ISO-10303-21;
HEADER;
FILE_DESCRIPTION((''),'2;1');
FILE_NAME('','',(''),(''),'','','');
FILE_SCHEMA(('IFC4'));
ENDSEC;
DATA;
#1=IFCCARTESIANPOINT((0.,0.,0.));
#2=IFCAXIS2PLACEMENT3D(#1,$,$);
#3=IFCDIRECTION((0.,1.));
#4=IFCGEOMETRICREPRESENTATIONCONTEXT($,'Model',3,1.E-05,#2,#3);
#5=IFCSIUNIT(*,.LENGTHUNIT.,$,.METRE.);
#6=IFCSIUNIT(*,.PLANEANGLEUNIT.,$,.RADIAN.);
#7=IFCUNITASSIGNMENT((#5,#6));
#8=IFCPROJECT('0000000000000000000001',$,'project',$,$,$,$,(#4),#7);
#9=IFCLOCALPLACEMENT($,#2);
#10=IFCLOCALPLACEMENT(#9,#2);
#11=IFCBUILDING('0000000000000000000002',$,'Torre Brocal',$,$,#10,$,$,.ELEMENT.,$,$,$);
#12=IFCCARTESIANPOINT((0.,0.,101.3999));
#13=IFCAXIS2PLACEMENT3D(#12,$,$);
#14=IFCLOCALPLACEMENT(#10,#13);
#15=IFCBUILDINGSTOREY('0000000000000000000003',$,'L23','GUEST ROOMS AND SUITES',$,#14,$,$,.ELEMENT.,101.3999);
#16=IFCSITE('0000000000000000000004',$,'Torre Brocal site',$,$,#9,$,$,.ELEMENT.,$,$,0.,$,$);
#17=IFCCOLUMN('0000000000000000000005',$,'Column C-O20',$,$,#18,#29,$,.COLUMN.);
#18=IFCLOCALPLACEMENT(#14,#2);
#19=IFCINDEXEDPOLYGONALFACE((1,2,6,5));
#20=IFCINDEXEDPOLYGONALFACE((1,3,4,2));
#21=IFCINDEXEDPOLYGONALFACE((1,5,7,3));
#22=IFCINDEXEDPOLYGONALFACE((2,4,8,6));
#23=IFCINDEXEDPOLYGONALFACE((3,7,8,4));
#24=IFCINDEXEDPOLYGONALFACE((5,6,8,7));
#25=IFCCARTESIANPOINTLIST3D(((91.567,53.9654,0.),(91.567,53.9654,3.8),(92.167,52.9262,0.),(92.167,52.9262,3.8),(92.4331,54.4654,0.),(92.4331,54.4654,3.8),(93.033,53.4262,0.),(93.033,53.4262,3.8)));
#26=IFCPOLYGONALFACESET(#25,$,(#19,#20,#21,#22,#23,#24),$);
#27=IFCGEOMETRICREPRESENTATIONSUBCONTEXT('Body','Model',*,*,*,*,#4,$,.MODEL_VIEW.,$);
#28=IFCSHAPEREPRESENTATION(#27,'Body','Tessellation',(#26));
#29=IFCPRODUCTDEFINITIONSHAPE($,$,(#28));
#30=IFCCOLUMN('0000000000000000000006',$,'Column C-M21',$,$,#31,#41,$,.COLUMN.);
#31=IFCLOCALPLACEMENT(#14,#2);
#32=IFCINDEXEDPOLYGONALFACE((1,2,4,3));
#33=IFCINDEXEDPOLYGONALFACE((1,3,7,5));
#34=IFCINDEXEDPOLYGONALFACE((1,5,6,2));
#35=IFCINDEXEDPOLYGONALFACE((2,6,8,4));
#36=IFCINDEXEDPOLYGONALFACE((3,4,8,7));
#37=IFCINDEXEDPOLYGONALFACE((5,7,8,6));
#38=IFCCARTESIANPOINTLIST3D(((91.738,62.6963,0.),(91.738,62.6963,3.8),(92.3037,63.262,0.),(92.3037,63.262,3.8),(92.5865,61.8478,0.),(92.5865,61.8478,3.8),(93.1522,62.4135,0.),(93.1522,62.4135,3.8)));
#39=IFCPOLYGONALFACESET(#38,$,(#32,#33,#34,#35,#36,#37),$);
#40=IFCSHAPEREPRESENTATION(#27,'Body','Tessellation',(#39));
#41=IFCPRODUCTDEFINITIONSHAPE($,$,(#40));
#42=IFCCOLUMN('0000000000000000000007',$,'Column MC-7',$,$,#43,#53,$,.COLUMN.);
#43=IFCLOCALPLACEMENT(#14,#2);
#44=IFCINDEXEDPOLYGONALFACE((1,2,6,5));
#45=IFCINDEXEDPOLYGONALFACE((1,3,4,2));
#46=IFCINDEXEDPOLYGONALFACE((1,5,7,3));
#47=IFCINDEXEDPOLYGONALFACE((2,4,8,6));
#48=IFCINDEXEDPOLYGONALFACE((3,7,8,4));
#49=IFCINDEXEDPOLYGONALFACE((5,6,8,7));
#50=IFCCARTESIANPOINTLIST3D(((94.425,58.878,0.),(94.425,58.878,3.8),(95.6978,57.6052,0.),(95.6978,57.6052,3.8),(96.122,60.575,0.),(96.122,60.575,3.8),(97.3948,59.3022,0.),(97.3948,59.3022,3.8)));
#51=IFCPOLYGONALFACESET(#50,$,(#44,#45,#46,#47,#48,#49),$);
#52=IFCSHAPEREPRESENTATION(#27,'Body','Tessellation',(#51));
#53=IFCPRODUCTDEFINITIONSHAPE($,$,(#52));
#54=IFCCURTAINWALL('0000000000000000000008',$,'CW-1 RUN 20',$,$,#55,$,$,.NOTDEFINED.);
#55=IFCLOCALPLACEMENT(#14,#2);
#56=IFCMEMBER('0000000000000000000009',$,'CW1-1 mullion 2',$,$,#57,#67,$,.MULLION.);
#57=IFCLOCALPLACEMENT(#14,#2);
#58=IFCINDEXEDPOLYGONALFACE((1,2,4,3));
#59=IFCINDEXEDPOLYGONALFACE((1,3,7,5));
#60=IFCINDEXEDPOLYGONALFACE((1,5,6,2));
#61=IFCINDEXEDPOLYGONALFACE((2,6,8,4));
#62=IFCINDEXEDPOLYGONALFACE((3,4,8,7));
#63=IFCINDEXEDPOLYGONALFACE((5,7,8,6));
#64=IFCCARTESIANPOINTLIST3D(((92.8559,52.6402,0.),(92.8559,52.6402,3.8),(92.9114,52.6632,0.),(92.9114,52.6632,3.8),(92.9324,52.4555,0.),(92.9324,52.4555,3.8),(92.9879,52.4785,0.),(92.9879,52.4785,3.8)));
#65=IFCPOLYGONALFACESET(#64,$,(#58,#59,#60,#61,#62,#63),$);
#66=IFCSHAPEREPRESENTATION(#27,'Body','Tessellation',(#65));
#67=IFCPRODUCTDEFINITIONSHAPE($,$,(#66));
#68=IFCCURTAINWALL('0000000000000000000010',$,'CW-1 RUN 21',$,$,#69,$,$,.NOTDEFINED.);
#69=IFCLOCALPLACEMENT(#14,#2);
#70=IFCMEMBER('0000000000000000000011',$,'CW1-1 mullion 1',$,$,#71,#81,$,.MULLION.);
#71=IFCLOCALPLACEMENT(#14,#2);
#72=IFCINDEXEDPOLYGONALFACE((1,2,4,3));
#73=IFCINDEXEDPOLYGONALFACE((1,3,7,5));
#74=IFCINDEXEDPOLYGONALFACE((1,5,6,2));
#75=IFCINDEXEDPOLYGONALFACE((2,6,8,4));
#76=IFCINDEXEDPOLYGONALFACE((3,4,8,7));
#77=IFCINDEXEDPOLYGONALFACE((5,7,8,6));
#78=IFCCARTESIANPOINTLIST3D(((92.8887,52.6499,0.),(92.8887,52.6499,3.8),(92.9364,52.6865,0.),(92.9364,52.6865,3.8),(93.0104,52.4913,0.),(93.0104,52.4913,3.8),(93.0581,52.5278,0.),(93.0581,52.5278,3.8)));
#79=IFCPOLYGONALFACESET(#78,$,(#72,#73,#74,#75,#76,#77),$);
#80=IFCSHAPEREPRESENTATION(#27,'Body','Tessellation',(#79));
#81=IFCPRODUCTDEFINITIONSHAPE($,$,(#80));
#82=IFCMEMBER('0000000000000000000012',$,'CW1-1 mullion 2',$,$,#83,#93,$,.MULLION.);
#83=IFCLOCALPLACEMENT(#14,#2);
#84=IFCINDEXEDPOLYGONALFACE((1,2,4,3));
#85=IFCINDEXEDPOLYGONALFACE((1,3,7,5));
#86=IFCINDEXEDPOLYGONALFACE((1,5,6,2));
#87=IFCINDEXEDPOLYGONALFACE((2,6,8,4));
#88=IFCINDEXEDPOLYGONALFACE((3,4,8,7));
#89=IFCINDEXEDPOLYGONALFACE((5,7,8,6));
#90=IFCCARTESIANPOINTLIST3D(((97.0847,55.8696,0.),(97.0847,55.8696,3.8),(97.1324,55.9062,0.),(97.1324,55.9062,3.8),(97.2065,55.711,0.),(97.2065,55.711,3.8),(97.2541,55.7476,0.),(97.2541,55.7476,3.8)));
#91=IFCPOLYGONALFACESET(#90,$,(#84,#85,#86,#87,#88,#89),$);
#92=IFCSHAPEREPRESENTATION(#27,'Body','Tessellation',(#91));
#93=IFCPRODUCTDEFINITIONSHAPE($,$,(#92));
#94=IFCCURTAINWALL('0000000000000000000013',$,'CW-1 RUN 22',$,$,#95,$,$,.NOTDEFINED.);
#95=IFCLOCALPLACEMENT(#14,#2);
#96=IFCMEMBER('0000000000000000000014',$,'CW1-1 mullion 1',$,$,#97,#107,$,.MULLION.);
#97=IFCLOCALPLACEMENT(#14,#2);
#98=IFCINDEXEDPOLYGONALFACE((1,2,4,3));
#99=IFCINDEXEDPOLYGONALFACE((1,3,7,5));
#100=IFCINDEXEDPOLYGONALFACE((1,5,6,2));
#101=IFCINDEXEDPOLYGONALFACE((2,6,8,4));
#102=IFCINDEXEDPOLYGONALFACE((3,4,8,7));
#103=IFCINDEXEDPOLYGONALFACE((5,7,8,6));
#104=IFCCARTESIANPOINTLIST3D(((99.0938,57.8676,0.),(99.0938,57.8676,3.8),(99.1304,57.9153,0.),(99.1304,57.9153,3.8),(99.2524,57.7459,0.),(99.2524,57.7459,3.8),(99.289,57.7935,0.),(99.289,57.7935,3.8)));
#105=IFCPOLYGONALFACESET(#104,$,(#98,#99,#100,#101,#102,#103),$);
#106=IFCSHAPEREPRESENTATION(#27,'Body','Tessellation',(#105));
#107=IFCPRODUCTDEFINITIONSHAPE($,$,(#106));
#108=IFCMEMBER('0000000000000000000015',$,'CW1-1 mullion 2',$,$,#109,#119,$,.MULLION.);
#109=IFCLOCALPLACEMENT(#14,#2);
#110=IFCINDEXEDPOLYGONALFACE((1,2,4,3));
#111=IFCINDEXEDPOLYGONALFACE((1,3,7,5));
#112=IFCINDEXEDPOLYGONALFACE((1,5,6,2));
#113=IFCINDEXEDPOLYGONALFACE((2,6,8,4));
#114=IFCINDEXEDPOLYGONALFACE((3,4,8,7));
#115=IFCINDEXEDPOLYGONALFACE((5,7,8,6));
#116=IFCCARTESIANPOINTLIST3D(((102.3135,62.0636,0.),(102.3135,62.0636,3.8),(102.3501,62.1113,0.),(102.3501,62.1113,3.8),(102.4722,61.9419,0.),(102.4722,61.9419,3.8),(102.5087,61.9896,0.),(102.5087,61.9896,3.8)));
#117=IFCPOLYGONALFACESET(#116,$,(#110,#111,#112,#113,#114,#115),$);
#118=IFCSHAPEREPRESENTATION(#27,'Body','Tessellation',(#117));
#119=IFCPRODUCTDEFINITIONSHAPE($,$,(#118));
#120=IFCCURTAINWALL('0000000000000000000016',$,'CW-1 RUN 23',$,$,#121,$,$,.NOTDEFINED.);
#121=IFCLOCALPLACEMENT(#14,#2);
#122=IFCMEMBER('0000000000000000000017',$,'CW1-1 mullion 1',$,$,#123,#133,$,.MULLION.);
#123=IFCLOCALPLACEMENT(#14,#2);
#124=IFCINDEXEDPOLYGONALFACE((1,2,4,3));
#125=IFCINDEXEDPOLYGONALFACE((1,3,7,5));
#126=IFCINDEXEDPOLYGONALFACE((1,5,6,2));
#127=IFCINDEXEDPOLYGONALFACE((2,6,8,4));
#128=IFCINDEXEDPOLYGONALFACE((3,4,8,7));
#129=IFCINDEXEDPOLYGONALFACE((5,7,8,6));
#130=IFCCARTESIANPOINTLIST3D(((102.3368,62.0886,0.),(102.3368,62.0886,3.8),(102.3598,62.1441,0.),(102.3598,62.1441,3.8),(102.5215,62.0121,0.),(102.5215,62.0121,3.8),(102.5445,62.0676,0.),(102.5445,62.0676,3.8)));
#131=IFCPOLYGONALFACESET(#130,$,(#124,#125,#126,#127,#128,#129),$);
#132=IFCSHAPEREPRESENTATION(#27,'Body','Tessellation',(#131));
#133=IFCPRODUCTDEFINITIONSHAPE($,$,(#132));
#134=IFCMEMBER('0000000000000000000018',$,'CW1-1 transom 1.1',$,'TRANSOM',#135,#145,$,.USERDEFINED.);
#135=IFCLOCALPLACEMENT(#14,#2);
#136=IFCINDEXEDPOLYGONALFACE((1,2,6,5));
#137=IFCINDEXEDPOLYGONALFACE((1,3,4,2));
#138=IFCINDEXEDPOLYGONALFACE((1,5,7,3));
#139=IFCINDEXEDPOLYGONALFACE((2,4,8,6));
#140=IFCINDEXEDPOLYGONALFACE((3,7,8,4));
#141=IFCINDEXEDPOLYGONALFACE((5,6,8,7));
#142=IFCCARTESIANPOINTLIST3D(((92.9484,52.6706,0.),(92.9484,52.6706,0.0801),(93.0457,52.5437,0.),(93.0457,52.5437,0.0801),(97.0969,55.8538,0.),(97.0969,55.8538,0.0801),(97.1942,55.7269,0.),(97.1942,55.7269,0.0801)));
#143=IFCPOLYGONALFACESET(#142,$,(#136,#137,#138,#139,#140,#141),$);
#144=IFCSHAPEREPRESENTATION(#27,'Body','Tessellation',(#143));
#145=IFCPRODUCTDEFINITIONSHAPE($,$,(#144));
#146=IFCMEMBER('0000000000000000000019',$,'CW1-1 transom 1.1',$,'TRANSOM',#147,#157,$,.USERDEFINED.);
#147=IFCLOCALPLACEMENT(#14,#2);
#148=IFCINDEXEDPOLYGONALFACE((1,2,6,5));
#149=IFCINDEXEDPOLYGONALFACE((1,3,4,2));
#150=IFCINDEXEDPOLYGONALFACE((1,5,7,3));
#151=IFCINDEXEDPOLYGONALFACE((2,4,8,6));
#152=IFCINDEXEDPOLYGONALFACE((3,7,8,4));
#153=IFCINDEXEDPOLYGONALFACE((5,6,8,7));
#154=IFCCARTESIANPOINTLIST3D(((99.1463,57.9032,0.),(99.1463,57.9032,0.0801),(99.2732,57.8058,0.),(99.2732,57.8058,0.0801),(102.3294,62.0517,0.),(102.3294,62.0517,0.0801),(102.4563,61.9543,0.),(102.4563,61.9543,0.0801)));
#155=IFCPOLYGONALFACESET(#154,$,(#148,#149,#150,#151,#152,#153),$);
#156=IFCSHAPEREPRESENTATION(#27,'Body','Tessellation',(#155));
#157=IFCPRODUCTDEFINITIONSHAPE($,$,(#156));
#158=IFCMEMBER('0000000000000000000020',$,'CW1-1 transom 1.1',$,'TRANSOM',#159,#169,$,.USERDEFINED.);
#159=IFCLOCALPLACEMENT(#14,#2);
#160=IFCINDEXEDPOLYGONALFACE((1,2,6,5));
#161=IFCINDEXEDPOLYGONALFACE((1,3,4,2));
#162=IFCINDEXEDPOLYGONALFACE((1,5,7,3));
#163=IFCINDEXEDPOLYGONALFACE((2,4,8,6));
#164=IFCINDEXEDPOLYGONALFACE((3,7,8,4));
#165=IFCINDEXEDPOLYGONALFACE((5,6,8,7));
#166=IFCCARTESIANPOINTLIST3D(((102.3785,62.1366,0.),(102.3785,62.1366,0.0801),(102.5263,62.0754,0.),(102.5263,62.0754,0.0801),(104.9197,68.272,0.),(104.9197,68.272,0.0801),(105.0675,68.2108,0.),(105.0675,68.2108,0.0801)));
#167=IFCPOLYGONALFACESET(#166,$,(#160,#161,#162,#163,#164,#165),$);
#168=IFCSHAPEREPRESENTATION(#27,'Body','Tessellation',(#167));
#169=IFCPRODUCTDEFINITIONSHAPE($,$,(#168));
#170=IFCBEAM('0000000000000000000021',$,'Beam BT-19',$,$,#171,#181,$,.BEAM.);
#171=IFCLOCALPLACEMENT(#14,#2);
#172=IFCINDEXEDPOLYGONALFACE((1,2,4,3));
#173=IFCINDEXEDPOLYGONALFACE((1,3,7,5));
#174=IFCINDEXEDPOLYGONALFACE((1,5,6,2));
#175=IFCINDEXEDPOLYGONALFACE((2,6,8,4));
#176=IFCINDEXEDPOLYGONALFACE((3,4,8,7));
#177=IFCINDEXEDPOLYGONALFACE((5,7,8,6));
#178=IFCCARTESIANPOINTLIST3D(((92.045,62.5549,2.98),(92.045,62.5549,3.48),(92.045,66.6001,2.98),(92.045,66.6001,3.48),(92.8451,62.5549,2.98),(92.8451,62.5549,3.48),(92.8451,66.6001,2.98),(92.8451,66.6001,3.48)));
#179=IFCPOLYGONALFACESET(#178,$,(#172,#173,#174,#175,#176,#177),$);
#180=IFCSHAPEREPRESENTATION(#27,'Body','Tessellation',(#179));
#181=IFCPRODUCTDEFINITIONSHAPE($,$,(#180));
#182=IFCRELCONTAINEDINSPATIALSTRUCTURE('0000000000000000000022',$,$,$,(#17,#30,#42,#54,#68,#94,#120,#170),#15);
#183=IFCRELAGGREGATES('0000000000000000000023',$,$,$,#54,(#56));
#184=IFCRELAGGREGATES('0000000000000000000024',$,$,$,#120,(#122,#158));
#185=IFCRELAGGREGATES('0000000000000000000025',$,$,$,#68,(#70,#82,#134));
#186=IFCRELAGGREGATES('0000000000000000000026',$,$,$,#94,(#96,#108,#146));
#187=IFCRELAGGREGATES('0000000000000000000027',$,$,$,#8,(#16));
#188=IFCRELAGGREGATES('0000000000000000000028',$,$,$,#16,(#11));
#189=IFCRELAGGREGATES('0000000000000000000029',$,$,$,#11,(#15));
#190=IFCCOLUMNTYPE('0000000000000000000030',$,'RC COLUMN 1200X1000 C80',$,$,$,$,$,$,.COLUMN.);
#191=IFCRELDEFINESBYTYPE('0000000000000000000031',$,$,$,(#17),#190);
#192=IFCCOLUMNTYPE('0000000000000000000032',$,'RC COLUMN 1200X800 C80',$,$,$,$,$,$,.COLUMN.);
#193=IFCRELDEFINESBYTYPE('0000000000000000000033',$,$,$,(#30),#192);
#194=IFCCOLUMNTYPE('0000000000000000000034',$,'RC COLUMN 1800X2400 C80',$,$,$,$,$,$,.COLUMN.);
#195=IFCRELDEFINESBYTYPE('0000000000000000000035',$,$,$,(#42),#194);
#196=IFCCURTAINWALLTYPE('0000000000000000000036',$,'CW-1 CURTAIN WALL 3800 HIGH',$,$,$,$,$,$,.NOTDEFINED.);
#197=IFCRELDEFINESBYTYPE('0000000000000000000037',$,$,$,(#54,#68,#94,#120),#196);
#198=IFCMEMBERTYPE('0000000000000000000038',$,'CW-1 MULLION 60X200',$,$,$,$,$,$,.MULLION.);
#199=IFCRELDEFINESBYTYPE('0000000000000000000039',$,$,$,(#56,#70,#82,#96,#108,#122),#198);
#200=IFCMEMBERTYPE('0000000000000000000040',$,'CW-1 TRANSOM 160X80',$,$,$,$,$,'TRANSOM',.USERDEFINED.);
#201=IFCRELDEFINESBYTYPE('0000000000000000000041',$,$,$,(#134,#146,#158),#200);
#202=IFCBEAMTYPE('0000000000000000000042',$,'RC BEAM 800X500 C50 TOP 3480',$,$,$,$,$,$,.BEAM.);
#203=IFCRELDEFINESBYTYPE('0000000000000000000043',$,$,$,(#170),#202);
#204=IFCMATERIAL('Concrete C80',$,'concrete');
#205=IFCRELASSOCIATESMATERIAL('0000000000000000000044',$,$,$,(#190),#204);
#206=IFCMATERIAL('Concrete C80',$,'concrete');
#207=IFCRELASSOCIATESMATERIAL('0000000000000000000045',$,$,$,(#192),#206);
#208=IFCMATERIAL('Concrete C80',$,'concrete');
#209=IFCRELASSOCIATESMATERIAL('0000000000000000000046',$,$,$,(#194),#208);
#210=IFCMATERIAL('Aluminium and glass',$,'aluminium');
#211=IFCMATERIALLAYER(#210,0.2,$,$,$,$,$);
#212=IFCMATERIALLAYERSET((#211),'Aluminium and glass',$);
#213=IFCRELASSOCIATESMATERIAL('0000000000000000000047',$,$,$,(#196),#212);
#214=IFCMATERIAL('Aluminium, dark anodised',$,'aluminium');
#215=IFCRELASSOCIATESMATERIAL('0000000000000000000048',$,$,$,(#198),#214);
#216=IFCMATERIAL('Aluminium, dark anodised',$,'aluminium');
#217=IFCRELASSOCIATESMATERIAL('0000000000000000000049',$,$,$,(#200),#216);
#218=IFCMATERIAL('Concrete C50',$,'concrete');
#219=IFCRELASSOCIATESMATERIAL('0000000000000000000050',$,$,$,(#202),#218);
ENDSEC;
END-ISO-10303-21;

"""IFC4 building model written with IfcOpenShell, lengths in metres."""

from ifc_helpers import new_model, si_unit, direction, frame, origin, origin_2d, place, context, subcontext, project, spatial, rectangle, extrude, material, layer, layer_set, material_profile, profile_set, type_object, element, aggregate, save


model = new_model("IFC4")

# Units and contexts
model_context = context("Model", 3, precision=1e-05, world=origin(), true_north=direction((0.0, 1.0)))
body_context = subcontext(model_context, "Body", "Model", "MODEL_VIEW")
ifc_project = project(units=[si_unit("LENGTHUNIT", "METRE"), si_unit("PLANEANGLEUNIT", "RADIAN")], contexts=[model_context])

# Site, building, storey
site_placement = place(None, origin())
site = spatial("IfcSite", under=ifc_project, at=site_placement, Name="Torre Brocal site", CompositionType="ELEMENT", RefElevation=0.0)
building_placement = place(site_placement, origin())
building = spatial("IfcBuilding", under=site, at=building_placement, Name="Torre Brocal", CompositionType="ELEMENT")
storey_placement = place(building_placement, frame((0.0, 0.0, 101.3999)))
storey = spatial("IfcBuildingStorey", under=building, at=storey_placement, Name="L23", Description="GUEST ROOMS AND SUITES", CompositionType="ELEMENT", Elevation=101.3999)

# Columns
ifc_material_1 = material(Name="Concrete C80", Category="concrete")
ifc_material_profile_1 = material_profile(ifc_material_1, rectangle(XDim=1.2, YDim=1.0, at=origin_2d()), Name="RC 1200X1000")
ifc_profile_set_1 = profile_set([ifc_material_profile_1], Name="Concrete C80")
column_type_1 = type_object("IfcColumnType", Name="RC COLUMN 1200X1000 C80", PredefinedType="COLUMN", material=ifc_profile_set_1)
column_1_placement = place(storey_placement, frame((92.3, 53.6958, 0.0), z_axis=(0.0, 0.0, 1.0), x_axis=(0.5, -0.866025, 0.0)))
element("IfcColumn", 1, at=column_1_placement, inside=storey, type_object=column_type_1, Name="Column C-O20", PredefinedType="COLUMN", context=body_context, shape_type="SweptSolid", body=[
    extrude(rectangle(XDim=1.2, YDim=1.0, at=origin_2d()), origin(), (0.0, 0.0, 1.0), 3.8),
])
ifc_material_2 = material(Name="Concrete C80", Category="concrete")
ifc_material_profile_2 = material_profile(ifc_material_2, rectangle(XDim=1.2, YDim=0.8, at=origin_2d()), Name="RC 1200X800")
ifc_profile_set_2 = profile_set([ifc_material_profile_2], Name="Concrete C80")
column_type_2 = type_object("IfcColumnType", Name="RC COLUMN 1200X800 C80", PredefinedType="COLUMN", material=ifc_profile_set_2)
column_2_placement = place(storey_placement, frame((92.4451, 62.5549, 0.0), z_axis=(0.0, 0.0, 1.0), x_axis=(0.707107, -0.707107, 0.0)))
element("IfcColumn", 2, at=column_2_placement, inside=storey, type_object=column_type_2, Name="Column C-M21", PredefinedType="COLUMN", context=body_context, shape_type="SweptSolid", body=[
    extrude(rectangle(XDim=1.2, YDim=0.8, at=origin_2d()), origin(), (0.0, 0.0, 1.0), 3.8),
])
ifc_material_3 = material(Name="Concrete C80", Category="concrete")
ifc_material_profile_3 = material_profile(ifc_material_3, rectangle(XDim=1.8, YDim=2.3999, at=origin_2d()), Name="RC 1800X2400")
ifc_profile_set_3 = profile_set([ifc_material_profile_3], Name="Concrete C80")
column_type_3 = type_object("IfcColumnType", Name="RC COLUMN 1800X2400 C80", PredefinedType="COLUMN", material=ifc_profile_set_3)
column_3_placement = place(storey_placement, frame((95.9099, 59.0901, 0.0), z_axis=(0.0, 0.0, 1.0), x_axis=(0.707107, -0.707107, 0.0)))
element("IfcColumn", 3, at=column_3_placement, inside=storey, type_object=column_type_3, Name="Column MC-7", PredefinedType="COLUMN", context=body_context, shape_type="SweptSolid", body=[
    extrude(rectangle(XDim=1.8, YDim=2.3999, at=origin_2d()), origin(), (0.0, 0.0, 1.0), 3.8),
])

# Curtain wall, member
ifc_material_4 = material(Name="Aluminium and glass", Category="aluminium")
ifc_layer_1 = layer(ifc_material_4, 0.2)
ifc_layer_set_1 = layer_set([ifc_layer_1], Name="Aluminium and glass")
curtain_wall_type = type_object("IfcCurtainWallType", Name="CW-1 CURTAIN WALL 3800 HIGH", PredefinedType="NOTDEFINED", material=ifc_layer_set_1)
curtain_wall_1_placement = place(storey_placement, origin())
curtain_wall_1 = element("IfcCurtainWall", 4, at=curtain_wall_1_placement, inside=storey, type_object=curtain_wall_type, Name="CW-1 RUN 20", PredefinedType="NOTDEFINED")
ifc_material_5 = material(Name="Aluminium, dark anodised", Category="aluminium")
ifc_material_profile_4 = material_profile(ifc_material_5, rectangle(XDim=0.2, YDim=0.0601, at=origin_2d()), Name="CW-1 MULLION 60X200")
ifc_profile_set_4 = profile_set([ifc_material_profile_4], Name="Aluminium, dark anodised")
member_type_1 = type_object("IfcMemberType", Name="CW-1 MULLION 60X200", PredefinedType="MULLION", material=ifc_profile_set_4)
member_1_placement = place(storey_placement, frame((92.9219, 52.5593, 0.0), z_axis=(0.0, 0.0, 1.0), x_axis=(-0.382683, 0.92388, 0.0)))
member_1 = element("IfcMember", 5, at=member_1_placement, type_object=member_type_1, Name="CW1-1 mullion 2", PredefinedType="MULLION", context=body_context, shape_type="SweptSolid", body=[
    extrude(rectangle(XDim=0.2, YDim=0.0601, at=origin_2d()), origin(), (0.0, 0.0, 1.0), 3.8),
])
aggregate(curtain_wall_1, [member_1])

# Curtain walls, members
curtain_wall_2_placement = place(storey_placement, origin())
curtain_wall_2 = element("IfcCurtainWall", 6, at=curtain_wall_2_placement, inside=storey, type_object=curtain_wall_type, Name="CW-1 RUN 21", PredefinedType="NOTDEFINED")
member_2_placement = place(storey_placement, frame((92.9734, 52.5889, 0.0), z_axis=(0.0, 0.0, 1.0), x_axis=(-0.608761, 0.793353, 0.0)))
member_2 = element("IfcMember", 7, at=member_2_placement, type_object=member_type_1, Name="CW1-1 mullion 1", PredefinedType="MULLION", context=body_context, shape_type="SweptSolid", body=[
    extrude(rectangle(XDim=0.2, YDim=0.0601, at=origin_2d()), origin(), (0.0, 0.0, 1.0), 3.8),
])
member_3_placement = place(storey_placement, frame((97.1694, 55.8086, 0.0), z_axis=(0.0, 0.0, 1.0), x_axis=(-0.608761, 0.793353, 0.0)))
member_3 = element("IfcMember", 8, at=member_3_placement, type_object=member_type_1, Name="CW1-1 mullion 2", PredefinedType="MULLION", context=body_context, shape_type="SweptSolid", body=[
    extrude(rectangle(XDim=0.2, YDim=0.0601, at=origin_2d()), origin(), (0.0, 0.0, 1.0), 3.8),
])
curtain_wall_3_placement = place(storey_placement, origin())
curtain_wall_3 = element("IfcCurtainWall", 9, at=curtain_wall_3_placement, inside=storey, type_object=curtain_wall_type, Name="CW-1 RUN 22", PredefinedType="NOTDEFINED")
member_4_placement = place(storey_placement, frame((99.1914, 57.8306, 0.0), z_axis=(0.0, 0.0, 1.0), x_axis=(-0.793353, 0.608761, 0.0)))
member_4 = element("IfcMember", 10, at=member_4_placement, type_object=member_type_1, Name="CW1-1 mullion 1", PredefinedType="MULLION", context=body_context, shape_type="SweptSolid", body=[
    extrude(rectangle(XDim=0.2, YDim=0.0601, at=origin_2d()), origin(), (0.0, 0.0, 1.0), 3.8),
])
member_5_placement = place(storey_placement, frame((102.4111, 62.0266, 0.0), z_axis=(0.0, 0.0, 1.0), x_axis=(-0.793353, 0.608761, 0.0)))
member_5 = element("IfcMember", 11, at=member_5_placement, type_object=member_type_1, Name="CW1-1 mullion 2", PredefinedType="MULLION", context=body_context, shape_type="SweptSolid", body=[
    extrude(rectangle(XDim=0.2, YDim=0.0601, at=origin_2d()), origin(), (0.0, 0.0, 1.0), 3.8),
])

# Curtain wall, member
curtain_wall_4_placement = place(storey_placement, origin())
curtain_wall_4 = element("IfcCurtainWall", 12, at=curtain_wall_4_placement, inside=storey, type_object=curtain_wall_type, Name="CW-1 RUN 23", PredefinedType="NOTDEFINED")
member_6_placement = place(storey_placement, frame((102.4407, 62.0781, 0.0), z_axis=(0.0, 0.0, 1.0), x_axis=(-0.92388, 0.382683, 0.0)))
member_6 = element("IfcMember", 13, at=member_6_placement, type_object=member_type_1, Name="CW1-1 mullion 1", PredefinedType="MULLION", context=body_context, shape_type="SweptSolid", body=[
    extrude(rectangle(XDim=0.2, YDim=0.0601, at=origin_2d()), origin(), (0.0, 0.0, 1.0), 3.8),
])

# Members
ifc_material_6 = material(Name="Aluminium, dark anodised", Category="aluminium")
ifc_material_profile_5 = material_profile(ifc_material_6, rectangle(XDim=0.1599, YDim=0.0801, at=origin_2d()), Name="CW-1 TRANSOM 160X80")
ifc_profile_set_5 = profile_set([ifc_material_profile_5], Name="Aluminium, dark anodised")
member_type_2 = type_object("IfcMemberType", Name="CW-1 TRANSOM 160X80", ElementType="TRANSOM", PredefinedType="USERDEFINED", material=ifc_profile_set_5)
member_7_placement = place(storey_placement, frame((92.9971, 52.6072, 0.04), z_axis=(0.793363, 0.608749, 0.0), x_axis=(-0.608749, 0.793363, 0.0)))
member_7 = element("IfcMember", 14, at=member_7_placement, type_object=member_type_2, Name="CW1-1 transom 1.1", ObjectType="TRANSOM", PredefinedType="USERDEFINED", context=body_context, shape_type="SweptSolid", body=[
    extrude(rectangle(XDim=0.1599, YDim=0.0801, at=origin_2d()), origin(), (0.0, 0.0, 1.0), 5.229),
])
member_8_placement = place(storey_placement, frame((99.2097, 57.8545, 0.04), z_axis=(0.608749, 0.793363, 0.0), x_axis=(-0.793363, 0.608749, 0.0)))
member_8 = element("IfcMember", 15, at=member_8_placement, type_object=member_type_2, Name="CW1-1 transom 1.1", ObjectType="TRANSOM", PredefinedType="USERDEFINED", context=body_context, shape_type="SweptSolid", body=[
    extrude(rectangle(XDim=0.1599, YDim=0.0801, at=origin_2d()), origin(), (0.0, 0.0, 1.0), 5.229),
])
member_9_placement = place(storey_placement, frame((102.4524, 62.106, 0.04), z_axis=(0.382665, 0.923887, 0.0), x_axis=(-0.923887, 0.382665, 0.0)))
member_9 = element("IfcMember", 16, at=member_9_placement, type_object=member_type_2, Name="CW1-1 transom 1.1", ObjectType="TRANSOM", PredefinedType="USERDEFINED", context=body_context, shape_type="SweptSolid", body=[
    extrude(rectangle(XDim=0.1599, YDim=0.0801, at=origin_2d()), origin(), (0.0, 0.0, 1.0), 6.6409),
])
aggregate(curtain_wall_4, [member_6, member_9])

# Beam
ifc_material_7 = material(Name="Concrete C50", Category="concrete")
ifc_material_profile_6 = material_profile(ifc_material_7, rectangle(XDim=0.8, YDim=0.5, at=origin_2d()), Name="RC 800X500")
ifc_profile_set_6 = profile_set([ifc_material_profile_6], Name="Concrete C50")
beam_type_1 = type_object("IfcBeamType", Name="RC BEAM 800X500 C50 TOP 3480", PredefinedType="BEAM", material=ifc_profile_set_6)
beam_placement = place(storey_placement, frame((92.4451, 62.5549, 3.23), z_axis=(0.0, 1.0, 0.0), x_axis=(-1.0, 0.0, 0.0)))
element("IfcBeam", 17, at=beam_placement, inside=storey, type_object=beam_type_1, Name="Beam BT-19", PredefinedType="BEAM", context=body_context, shape_type="SweptSolid", body=[
    extrude(rectangle(XDim=0.8, YDim=0.5, at=origin_2d()), origin(), (0.0, 0.0, 1.0), 4.0452),
])

aggregate(curtain_wall_2, [member_2, member_3, member_7])
aggregate(curtain_wall_3, [member_4, member_5, member_8])

save(model, "model.ifc")
